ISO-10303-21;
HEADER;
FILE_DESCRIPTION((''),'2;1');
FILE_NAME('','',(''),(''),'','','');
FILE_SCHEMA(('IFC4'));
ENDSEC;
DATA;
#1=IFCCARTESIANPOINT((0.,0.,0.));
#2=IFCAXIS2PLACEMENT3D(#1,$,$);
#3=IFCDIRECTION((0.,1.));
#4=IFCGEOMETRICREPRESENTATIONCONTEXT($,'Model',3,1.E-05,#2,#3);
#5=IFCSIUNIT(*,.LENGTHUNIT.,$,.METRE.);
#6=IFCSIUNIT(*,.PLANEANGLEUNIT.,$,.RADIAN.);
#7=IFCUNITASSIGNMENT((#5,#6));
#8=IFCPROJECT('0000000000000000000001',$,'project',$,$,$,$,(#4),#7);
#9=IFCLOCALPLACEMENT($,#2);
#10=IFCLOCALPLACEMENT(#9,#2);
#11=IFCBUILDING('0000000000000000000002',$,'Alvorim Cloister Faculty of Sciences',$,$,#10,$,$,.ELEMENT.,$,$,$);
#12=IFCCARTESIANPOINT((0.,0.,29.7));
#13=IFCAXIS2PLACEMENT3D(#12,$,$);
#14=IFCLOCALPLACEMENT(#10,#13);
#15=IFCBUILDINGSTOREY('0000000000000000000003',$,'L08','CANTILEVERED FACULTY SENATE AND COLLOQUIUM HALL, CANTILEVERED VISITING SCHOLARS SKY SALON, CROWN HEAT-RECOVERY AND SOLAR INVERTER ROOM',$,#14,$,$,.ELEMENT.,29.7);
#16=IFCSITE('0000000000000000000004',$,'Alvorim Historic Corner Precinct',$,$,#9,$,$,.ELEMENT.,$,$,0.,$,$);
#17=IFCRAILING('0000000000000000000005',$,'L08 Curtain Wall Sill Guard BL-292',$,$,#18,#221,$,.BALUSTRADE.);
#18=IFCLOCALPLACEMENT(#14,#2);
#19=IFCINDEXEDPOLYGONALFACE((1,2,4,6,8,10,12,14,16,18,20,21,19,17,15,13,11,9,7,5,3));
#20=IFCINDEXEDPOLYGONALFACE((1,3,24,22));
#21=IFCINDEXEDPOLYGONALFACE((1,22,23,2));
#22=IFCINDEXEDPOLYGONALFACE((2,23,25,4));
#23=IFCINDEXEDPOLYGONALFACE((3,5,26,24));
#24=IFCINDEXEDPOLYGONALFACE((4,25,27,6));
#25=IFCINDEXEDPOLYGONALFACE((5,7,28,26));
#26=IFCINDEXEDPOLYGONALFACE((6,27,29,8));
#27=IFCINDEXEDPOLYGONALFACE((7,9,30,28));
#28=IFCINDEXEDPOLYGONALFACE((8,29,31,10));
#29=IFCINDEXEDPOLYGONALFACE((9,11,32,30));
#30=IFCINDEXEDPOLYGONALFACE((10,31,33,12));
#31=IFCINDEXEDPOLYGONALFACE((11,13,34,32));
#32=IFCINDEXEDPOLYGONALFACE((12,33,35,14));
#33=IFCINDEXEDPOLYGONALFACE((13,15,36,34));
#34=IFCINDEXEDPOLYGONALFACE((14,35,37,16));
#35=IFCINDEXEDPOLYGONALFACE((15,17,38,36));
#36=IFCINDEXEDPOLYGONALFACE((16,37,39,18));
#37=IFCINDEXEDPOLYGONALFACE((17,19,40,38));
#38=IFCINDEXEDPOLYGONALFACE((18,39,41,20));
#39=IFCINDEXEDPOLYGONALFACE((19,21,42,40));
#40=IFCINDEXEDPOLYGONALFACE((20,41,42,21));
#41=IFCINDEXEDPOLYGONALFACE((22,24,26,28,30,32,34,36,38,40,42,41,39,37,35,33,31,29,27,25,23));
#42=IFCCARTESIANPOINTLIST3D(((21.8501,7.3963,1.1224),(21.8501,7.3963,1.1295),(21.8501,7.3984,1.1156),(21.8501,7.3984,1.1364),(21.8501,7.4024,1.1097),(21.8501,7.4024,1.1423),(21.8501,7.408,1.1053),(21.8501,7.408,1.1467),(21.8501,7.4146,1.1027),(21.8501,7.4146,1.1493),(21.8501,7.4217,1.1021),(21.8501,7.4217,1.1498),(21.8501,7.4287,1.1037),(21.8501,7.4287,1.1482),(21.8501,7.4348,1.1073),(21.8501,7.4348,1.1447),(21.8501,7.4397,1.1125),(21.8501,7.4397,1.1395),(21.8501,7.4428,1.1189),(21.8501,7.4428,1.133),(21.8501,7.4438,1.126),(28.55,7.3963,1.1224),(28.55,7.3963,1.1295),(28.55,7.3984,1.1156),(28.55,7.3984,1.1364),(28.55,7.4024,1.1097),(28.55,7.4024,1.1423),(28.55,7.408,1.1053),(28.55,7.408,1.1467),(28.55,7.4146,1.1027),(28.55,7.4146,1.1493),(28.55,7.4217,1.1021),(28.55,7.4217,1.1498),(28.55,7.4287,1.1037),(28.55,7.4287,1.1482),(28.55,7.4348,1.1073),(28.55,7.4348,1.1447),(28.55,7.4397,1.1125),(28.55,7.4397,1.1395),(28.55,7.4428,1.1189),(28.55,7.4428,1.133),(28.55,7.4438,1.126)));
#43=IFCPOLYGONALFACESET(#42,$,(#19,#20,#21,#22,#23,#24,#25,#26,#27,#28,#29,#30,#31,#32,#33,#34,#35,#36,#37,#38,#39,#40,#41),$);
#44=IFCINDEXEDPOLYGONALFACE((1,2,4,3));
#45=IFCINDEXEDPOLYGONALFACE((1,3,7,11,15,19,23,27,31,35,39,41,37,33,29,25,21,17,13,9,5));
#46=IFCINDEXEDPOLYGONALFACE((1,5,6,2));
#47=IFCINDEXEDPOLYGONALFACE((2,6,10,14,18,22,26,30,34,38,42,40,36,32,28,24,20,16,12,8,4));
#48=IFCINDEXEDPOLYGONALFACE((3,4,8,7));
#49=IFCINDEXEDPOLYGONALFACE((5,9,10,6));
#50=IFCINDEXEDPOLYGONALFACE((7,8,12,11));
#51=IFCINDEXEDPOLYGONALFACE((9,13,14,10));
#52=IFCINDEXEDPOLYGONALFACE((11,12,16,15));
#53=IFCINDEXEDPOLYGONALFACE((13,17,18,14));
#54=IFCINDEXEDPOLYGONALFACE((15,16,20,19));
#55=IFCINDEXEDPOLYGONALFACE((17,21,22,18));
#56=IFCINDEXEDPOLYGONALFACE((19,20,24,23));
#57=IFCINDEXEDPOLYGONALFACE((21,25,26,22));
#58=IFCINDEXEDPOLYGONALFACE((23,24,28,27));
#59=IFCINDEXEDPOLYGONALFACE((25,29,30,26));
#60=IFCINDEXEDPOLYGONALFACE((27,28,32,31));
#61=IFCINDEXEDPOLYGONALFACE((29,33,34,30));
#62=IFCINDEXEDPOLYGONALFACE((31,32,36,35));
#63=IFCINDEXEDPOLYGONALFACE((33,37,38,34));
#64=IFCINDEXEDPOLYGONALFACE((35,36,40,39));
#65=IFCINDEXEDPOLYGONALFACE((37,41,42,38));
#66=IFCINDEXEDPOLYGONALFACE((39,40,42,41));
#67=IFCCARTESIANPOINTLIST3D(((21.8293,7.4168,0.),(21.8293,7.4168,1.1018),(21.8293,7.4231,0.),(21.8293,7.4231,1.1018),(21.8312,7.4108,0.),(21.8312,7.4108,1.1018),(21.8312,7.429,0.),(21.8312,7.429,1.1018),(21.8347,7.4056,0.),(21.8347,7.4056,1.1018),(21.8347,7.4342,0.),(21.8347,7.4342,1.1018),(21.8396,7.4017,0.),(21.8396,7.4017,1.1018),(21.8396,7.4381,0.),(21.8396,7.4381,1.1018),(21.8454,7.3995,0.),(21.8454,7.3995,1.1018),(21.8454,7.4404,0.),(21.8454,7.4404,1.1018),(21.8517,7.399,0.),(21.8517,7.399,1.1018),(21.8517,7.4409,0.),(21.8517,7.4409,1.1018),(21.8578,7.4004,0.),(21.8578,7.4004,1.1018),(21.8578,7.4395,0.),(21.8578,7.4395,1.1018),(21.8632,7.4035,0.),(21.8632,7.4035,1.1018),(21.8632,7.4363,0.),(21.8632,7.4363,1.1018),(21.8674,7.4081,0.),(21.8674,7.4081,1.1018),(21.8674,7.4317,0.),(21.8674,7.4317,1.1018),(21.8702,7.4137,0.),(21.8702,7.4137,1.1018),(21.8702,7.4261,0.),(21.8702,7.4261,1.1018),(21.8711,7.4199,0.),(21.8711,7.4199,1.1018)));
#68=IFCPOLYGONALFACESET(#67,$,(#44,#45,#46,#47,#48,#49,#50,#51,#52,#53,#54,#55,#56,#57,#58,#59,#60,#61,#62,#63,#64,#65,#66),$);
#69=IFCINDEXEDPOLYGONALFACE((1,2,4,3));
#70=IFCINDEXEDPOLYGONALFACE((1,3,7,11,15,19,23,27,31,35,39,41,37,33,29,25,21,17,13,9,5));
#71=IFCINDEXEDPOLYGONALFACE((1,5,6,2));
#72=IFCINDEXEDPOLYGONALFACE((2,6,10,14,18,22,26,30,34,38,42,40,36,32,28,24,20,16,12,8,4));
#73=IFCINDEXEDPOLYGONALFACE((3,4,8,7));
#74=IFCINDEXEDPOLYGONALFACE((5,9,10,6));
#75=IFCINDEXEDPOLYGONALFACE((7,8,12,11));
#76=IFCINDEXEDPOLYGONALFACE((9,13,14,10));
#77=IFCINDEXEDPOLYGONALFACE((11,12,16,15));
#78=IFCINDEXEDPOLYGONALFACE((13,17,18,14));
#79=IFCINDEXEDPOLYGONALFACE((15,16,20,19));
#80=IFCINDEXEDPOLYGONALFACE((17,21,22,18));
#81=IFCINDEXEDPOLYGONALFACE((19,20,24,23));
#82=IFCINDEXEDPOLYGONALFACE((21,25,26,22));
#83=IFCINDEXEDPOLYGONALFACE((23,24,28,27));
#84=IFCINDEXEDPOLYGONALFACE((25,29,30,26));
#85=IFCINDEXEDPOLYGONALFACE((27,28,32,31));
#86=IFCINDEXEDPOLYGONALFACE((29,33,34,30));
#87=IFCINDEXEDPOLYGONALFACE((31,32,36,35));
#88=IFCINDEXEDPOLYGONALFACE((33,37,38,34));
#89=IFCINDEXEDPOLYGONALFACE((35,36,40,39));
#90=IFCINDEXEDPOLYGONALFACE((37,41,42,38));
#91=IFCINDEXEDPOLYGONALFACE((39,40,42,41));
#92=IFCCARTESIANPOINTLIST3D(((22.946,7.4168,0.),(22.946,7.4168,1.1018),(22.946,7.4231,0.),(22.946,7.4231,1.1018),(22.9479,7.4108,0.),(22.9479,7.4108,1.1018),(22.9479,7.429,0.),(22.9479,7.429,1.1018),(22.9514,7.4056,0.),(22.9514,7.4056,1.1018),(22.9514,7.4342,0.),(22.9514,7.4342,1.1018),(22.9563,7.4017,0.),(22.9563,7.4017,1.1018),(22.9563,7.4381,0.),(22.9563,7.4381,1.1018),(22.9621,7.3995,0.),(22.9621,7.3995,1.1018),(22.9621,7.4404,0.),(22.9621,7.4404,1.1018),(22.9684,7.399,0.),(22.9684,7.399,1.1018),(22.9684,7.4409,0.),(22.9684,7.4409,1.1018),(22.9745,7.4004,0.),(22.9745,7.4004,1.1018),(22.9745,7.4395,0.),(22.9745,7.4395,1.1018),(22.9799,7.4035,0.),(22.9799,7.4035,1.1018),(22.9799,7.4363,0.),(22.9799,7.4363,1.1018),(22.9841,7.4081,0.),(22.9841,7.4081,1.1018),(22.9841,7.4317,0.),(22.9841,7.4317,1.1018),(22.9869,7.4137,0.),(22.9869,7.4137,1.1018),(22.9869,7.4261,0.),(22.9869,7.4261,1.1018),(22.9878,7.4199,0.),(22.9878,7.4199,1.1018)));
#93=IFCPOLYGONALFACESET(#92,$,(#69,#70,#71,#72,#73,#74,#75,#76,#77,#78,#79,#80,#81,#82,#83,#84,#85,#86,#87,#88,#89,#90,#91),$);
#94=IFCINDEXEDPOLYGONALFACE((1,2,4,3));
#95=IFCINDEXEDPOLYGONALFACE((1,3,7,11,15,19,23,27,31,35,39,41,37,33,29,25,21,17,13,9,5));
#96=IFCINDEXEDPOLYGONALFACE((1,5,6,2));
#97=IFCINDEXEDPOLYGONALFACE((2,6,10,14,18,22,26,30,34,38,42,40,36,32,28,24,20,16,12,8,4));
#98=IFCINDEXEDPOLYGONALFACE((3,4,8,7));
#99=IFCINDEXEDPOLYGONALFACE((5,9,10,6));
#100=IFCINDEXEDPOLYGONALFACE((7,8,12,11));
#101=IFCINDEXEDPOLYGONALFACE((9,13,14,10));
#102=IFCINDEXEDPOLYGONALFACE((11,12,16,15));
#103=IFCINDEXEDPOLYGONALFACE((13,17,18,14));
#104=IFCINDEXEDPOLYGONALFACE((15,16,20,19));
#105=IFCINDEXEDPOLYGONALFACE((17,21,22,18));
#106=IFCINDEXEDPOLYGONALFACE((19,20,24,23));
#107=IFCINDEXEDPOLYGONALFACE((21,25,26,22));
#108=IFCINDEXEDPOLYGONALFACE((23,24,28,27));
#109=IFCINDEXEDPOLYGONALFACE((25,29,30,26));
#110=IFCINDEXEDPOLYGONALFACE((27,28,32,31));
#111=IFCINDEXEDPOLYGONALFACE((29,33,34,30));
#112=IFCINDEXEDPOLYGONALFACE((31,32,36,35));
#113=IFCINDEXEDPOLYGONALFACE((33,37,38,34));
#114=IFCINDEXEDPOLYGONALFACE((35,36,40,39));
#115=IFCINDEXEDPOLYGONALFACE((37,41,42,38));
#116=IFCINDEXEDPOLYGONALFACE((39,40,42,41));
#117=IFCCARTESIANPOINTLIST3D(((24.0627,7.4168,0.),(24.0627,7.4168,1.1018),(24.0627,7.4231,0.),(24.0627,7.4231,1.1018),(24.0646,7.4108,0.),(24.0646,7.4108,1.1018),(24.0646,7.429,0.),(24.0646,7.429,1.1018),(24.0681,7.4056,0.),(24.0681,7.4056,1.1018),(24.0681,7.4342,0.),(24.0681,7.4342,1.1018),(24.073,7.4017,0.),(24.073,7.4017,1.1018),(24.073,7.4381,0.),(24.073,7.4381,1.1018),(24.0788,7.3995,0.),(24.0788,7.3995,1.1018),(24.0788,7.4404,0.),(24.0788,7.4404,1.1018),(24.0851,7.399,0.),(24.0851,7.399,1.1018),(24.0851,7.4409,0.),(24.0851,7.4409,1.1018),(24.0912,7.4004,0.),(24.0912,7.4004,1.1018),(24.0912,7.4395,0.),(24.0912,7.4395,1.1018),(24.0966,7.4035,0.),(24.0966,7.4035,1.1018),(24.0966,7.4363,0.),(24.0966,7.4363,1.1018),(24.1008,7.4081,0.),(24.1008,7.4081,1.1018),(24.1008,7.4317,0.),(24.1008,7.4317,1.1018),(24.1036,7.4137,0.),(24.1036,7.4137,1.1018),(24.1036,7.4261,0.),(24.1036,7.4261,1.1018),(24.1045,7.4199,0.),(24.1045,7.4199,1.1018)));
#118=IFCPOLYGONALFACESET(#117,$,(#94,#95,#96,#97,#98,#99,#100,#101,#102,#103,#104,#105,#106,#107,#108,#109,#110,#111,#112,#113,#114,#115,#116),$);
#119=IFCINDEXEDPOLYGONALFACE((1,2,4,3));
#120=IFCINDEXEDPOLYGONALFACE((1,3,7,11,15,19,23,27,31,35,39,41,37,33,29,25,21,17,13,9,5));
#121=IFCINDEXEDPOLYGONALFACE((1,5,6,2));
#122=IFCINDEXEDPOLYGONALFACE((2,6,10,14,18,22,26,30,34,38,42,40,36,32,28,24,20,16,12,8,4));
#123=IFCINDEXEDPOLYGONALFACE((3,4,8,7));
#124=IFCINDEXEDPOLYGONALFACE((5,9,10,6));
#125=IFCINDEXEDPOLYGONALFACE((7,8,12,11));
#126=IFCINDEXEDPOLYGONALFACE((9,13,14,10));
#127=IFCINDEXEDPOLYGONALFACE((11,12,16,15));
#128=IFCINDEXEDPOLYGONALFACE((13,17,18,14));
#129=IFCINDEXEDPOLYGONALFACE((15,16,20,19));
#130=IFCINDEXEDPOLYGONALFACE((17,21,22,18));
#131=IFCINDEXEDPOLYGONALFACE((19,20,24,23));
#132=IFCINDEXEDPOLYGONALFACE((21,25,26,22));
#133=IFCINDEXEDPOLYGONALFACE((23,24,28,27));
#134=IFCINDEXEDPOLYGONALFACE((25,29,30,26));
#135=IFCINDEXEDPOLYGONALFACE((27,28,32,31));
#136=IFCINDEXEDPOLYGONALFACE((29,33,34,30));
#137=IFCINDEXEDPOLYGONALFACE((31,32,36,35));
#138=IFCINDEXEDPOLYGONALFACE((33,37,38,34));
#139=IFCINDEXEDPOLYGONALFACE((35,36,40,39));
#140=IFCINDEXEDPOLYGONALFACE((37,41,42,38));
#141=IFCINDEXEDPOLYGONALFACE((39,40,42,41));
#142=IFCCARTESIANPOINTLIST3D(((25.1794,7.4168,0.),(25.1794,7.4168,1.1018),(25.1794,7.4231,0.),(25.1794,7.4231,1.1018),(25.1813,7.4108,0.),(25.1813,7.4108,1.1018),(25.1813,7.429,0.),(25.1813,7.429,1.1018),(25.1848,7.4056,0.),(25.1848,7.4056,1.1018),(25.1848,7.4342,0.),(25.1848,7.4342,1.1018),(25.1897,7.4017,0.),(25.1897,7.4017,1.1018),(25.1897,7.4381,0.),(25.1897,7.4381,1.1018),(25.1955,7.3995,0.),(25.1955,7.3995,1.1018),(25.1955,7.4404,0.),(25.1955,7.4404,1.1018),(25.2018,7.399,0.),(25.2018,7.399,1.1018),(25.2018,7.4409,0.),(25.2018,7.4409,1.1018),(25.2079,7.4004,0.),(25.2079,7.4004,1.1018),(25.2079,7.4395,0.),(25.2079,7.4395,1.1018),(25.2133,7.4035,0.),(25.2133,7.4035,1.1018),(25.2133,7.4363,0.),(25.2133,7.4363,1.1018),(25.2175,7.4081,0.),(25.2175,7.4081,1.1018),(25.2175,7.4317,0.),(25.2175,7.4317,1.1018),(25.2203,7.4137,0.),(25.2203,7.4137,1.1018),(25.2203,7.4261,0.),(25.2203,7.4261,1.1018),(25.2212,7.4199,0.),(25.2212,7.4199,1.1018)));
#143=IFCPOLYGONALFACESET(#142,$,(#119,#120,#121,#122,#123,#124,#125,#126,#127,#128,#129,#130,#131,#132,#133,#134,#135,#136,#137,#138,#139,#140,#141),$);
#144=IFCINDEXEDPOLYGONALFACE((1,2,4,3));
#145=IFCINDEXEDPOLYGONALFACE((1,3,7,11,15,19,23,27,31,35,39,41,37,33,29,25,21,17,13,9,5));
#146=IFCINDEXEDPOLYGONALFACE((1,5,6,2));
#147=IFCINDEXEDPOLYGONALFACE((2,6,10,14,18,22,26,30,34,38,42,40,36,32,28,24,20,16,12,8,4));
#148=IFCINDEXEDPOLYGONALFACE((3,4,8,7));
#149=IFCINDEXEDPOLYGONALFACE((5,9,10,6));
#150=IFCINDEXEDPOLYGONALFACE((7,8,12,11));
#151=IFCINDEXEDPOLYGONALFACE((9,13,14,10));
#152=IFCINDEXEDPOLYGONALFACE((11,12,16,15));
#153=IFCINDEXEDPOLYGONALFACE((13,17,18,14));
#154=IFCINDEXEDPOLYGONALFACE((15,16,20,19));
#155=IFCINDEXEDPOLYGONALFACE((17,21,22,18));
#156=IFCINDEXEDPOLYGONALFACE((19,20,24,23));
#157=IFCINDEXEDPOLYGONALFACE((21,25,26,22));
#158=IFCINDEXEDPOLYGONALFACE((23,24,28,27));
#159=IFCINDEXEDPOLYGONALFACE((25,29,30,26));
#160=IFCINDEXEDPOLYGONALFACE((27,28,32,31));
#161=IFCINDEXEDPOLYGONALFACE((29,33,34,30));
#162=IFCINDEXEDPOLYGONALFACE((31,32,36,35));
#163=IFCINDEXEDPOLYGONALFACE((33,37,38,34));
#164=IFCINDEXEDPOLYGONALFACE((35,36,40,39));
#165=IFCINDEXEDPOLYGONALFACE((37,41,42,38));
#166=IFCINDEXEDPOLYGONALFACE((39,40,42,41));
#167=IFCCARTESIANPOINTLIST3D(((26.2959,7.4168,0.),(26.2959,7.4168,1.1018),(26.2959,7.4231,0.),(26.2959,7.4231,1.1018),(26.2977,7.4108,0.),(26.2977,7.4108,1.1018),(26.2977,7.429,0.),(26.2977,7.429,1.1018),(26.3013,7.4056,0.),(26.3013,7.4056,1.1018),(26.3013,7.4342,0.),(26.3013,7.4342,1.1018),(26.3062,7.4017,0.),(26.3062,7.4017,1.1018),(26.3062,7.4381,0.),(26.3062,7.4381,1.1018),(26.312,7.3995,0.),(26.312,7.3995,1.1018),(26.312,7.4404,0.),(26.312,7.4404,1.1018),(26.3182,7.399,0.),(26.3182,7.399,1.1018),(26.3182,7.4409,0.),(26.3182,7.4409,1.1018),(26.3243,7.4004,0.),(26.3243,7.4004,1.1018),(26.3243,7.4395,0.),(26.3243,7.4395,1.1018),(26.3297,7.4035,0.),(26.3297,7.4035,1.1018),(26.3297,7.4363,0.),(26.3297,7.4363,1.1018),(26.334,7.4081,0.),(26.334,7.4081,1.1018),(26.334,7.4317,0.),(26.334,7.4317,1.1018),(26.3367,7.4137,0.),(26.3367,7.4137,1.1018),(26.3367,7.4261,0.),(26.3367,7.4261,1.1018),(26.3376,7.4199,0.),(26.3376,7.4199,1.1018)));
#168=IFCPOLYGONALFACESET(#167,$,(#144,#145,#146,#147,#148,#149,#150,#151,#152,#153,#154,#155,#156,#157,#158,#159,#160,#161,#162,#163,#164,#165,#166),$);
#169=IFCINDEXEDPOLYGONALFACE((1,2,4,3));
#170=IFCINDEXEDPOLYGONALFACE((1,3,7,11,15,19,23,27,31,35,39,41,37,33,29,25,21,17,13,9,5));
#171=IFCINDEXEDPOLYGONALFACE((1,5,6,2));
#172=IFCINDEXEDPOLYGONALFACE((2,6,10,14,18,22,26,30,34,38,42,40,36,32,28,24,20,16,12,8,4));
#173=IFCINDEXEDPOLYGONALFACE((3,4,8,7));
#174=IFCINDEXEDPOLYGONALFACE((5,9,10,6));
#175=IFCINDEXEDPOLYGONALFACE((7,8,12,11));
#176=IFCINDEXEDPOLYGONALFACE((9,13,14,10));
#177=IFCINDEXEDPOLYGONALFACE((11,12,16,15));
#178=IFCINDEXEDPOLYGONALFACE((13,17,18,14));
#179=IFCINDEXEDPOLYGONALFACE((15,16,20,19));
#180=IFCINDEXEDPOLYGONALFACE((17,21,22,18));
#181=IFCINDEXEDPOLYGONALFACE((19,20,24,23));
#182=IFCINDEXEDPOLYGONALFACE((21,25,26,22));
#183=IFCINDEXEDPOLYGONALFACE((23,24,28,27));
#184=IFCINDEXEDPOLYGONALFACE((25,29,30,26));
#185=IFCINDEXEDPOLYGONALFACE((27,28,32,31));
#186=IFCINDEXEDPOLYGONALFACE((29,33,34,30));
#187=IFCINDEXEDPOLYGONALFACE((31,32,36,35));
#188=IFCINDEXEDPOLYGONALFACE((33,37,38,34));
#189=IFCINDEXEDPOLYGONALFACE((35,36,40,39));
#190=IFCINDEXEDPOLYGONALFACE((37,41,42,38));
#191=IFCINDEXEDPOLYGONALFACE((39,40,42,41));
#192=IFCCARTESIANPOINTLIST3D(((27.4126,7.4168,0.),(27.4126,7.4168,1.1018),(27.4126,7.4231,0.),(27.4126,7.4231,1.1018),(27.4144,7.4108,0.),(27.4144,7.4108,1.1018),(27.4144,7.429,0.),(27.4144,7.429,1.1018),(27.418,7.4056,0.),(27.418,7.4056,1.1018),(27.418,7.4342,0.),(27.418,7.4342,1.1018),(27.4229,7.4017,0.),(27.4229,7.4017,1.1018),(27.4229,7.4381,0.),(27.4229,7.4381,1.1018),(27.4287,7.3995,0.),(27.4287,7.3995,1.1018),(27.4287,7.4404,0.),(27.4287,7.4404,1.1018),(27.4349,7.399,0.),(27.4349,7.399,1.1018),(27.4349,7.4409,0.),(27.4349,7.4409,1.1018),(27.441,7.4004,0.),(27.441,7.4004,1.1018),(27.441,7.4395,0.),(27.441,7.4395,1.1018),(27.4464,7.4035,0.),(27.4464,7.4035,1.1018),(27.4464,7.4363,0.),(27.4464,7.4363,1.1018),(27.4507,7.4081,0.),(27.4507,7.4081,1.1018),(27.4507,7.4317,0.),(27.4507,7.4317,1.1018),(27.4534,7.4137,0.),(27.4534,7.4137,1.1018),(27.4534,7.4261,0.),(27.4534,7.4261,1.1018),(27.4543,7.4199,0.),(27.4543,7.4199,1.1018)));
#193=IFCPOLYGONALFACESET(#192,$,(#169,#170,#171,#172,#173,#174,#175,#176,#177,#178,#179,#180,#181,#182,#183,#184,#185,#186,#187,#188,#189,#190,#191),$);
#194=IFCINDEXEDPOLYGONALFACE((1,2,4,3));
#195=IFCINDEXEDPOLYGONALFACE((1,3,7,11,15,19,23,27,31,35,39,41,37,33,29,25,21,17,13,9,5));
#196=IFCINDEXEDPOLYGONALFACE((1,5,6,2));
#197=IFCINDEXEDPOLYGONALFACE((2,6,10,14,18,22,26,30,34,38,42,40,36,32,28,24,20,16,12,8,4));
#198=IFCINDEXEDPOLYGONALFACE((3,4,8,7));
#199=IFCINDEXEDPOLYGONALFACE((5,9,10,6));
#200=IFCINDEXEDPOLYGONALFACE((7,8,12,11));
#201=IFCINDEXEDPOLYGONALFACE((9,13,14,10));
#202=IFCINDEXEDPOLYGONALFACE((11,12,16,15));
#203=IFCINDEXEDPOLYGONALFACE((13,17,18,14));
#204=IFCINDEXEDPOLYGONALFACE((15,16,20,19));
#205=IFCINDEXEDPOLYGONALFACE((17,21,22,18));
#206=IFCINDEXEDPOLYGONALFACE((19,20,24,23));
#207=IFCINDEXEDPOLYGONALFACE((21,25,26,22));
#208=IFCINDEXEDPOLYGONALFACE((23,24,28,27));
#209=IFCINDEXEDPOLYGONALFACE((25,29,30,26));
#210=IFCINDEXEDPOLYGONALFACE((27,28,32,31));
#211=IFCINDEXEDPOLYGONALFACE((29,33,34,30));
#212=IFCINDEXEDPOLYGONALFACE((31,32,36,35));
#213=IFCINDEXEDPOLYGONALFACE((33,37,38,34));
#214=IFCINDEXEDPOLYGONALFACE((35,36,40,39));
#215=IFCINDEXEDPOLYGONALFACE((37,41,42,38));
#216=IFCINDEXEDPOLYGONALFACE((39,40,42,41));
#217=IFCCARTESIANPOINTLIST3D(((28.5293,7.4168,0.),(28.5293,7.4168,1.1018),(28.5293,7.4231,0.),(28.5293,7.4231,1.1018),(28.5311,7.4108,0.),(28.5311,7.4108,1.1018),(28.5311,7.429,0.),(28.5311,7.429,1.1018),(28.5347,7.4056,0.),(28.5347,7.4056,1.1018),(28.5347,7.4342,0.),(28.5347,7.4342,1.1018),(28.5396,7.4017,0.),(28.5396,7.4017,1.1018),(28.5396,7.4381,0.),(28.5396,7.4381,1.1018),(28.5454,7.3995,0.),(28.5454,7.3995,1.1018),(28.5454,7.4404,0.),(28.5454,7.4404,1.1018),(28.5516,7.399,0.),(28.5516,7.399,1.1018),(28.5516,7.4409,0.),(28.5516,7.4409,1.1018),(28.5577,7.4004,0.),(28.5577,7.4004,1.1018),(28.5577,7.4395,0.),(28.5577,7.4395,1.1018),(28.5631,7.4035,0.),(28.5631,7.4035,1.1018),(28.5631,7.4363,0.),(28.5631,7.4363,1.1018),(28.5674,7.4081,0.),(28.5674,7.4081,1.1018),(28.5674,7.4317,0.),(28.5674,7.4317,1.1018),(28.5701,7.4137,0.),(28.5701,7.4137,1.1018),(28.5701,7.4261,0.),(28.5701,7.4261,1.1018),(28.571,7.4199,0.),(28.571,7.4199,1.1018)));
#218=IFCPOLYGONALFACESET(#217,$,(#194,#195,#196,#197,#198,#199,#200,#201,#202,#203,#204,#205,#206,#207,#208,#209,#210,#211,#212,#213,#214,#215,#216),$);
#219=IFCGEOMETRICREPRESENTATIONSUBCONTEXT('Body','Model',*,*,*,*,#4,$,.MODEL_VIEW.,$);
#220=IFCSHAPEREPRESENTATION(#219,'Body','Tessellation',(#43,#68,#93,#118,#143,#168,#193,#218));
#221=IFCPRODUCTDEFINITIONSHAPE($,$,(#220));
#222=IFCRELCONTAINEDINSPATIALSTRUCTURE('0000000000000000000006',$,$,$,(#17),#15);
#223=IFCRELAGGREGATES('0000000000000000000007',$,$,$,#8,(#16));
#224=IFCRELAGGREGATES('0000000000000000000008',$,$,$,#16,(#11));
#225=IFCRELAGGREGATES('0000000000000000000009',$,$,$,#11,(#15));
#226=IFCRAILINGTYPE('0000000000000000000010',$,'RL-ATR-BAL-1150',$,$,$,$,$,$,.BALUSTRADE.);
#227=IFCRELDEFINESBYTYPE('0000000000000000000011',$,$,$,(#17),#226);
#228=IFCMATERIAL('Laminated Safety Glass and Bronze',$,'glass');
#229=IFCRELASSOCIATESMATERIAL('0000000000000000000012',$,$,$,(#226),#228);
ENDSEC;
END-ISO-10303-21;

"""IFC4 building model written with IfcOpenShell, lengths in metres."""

from ifc_helpers import new_model, si_unit, direction, frame, origin, origin_2d, place, context, subcontext, project, spatial, circle, extrude, material, type_object, element, save


model = new_model("IFC4")

# Units and contexts
model_context = context("Model", 3, precision=1e-05, world=origin(), true_north=direction((0.0, 1.0)))
body_context = subcontext(model_context, "Body", "Model", "MODEL_VIEW")
ifc_project = project(units=[si_unit("LENGTHUNIT", "METRE"), si_unit("PLANEANGLEUNIT", "RADIAN")], contexts=[model_context])

# Site, building, storey
site_placement = place(None, origin())
site = spatial("IfcSite", under=ifc_project, at=site_placement, Name="Alvorim Historic Corner Precinct", CompositionType="ELEMENT", RefElevation=0.0)
building_placement = place(site_placement, origin())
building = spatial("IfcBuilding", under=site, at=building_placement, Name="Alvorim Cloister Faculty of Sciences", CompositionType="ELEMENT")
storey_placement = place(building_placement, frame((0.0, 0.0, 29.7)))
storey = spatial("IfcBuildingStorey", under=building, at=storey_placement, Name="L08", Description="CANTILEVERED FACULTY SENATE AND COLLOQUIUM HALL, CANTILEVERED VISITING SCHOLARS SKY SALON, CROWN HEAT-RECOVERY AND SOLAR INVERTER ROOM", CompositionType="ELEMENT", Elevation=29.7)

# Railing
ifc_material_1 = material(Name="Laminated Safety Glass and Bronze", Category="glass")
railing_type = type_object("IfcRailingType", Name="RL-ATR-BAL-1150", PredefinedType="BALUSTRADE", material=ifc_material_1)
railing_placement = place(storey_placement, frame((21.8501, 7.4199, 0.0)))
element("IfcRailing", 1, at=railing_placement, inside=storey, type_object=railing_type, Name="L08 Curtain Wall Sill Guard BL-292", PredefinedType="BALUSTRADE", context=body_context, shape_type="SweptSolid", body=[
    extrude(circle(Radius=0.0239, at=origin_2d()), frame((0.0, 0.0, 1.126), z_axis=(1.0, 0.0, 0.0), x_axis=(0.0, 1.0, 0.0)), (0.0, 0.0, 1.0), 6.7),
    extrude(circle(Radius=0.021, at=origin_2d()), origin(), (0.0, 0.0, 1.0), 1.1018),
    extrude(circle(Radius=0.021, at=origin_2d()), frame((1.1167, 0.0, 0.0)), (0.0, 0.0, 1.0), 1.1018),
    extrude(circle(Radius=0.021, at=origin_2d()), frame((2.2334, 0.0, 0.0)), (0.0, 0.0, 1.0), 1.1018),
    extrude(circle(Radius=0.021, at=origin_2d()), frame((3.3501, 0.0, 0.0)), (0.0, 0.0, 1.0), 1.1018),
    extrude(circle(Radius=0.021, at=origin_2d()), frame((4.4666, 0.0, 0.0)), (0.0, 0.0, 1.0), 1.1018),
    extrude(circle(Radius=0.021, at=origin_2d()), frame((5.5833, 0.0, 0.0)), (0.0, 0.0, 1.0), 1.1018),
    extrude(circle(Radius=0.021, at=origin_2d()), frame((6.7, 0.0, 0.0)), (0.0, 0.0, 1.0), 1.1018),
])

save(model, "model.ifc")
